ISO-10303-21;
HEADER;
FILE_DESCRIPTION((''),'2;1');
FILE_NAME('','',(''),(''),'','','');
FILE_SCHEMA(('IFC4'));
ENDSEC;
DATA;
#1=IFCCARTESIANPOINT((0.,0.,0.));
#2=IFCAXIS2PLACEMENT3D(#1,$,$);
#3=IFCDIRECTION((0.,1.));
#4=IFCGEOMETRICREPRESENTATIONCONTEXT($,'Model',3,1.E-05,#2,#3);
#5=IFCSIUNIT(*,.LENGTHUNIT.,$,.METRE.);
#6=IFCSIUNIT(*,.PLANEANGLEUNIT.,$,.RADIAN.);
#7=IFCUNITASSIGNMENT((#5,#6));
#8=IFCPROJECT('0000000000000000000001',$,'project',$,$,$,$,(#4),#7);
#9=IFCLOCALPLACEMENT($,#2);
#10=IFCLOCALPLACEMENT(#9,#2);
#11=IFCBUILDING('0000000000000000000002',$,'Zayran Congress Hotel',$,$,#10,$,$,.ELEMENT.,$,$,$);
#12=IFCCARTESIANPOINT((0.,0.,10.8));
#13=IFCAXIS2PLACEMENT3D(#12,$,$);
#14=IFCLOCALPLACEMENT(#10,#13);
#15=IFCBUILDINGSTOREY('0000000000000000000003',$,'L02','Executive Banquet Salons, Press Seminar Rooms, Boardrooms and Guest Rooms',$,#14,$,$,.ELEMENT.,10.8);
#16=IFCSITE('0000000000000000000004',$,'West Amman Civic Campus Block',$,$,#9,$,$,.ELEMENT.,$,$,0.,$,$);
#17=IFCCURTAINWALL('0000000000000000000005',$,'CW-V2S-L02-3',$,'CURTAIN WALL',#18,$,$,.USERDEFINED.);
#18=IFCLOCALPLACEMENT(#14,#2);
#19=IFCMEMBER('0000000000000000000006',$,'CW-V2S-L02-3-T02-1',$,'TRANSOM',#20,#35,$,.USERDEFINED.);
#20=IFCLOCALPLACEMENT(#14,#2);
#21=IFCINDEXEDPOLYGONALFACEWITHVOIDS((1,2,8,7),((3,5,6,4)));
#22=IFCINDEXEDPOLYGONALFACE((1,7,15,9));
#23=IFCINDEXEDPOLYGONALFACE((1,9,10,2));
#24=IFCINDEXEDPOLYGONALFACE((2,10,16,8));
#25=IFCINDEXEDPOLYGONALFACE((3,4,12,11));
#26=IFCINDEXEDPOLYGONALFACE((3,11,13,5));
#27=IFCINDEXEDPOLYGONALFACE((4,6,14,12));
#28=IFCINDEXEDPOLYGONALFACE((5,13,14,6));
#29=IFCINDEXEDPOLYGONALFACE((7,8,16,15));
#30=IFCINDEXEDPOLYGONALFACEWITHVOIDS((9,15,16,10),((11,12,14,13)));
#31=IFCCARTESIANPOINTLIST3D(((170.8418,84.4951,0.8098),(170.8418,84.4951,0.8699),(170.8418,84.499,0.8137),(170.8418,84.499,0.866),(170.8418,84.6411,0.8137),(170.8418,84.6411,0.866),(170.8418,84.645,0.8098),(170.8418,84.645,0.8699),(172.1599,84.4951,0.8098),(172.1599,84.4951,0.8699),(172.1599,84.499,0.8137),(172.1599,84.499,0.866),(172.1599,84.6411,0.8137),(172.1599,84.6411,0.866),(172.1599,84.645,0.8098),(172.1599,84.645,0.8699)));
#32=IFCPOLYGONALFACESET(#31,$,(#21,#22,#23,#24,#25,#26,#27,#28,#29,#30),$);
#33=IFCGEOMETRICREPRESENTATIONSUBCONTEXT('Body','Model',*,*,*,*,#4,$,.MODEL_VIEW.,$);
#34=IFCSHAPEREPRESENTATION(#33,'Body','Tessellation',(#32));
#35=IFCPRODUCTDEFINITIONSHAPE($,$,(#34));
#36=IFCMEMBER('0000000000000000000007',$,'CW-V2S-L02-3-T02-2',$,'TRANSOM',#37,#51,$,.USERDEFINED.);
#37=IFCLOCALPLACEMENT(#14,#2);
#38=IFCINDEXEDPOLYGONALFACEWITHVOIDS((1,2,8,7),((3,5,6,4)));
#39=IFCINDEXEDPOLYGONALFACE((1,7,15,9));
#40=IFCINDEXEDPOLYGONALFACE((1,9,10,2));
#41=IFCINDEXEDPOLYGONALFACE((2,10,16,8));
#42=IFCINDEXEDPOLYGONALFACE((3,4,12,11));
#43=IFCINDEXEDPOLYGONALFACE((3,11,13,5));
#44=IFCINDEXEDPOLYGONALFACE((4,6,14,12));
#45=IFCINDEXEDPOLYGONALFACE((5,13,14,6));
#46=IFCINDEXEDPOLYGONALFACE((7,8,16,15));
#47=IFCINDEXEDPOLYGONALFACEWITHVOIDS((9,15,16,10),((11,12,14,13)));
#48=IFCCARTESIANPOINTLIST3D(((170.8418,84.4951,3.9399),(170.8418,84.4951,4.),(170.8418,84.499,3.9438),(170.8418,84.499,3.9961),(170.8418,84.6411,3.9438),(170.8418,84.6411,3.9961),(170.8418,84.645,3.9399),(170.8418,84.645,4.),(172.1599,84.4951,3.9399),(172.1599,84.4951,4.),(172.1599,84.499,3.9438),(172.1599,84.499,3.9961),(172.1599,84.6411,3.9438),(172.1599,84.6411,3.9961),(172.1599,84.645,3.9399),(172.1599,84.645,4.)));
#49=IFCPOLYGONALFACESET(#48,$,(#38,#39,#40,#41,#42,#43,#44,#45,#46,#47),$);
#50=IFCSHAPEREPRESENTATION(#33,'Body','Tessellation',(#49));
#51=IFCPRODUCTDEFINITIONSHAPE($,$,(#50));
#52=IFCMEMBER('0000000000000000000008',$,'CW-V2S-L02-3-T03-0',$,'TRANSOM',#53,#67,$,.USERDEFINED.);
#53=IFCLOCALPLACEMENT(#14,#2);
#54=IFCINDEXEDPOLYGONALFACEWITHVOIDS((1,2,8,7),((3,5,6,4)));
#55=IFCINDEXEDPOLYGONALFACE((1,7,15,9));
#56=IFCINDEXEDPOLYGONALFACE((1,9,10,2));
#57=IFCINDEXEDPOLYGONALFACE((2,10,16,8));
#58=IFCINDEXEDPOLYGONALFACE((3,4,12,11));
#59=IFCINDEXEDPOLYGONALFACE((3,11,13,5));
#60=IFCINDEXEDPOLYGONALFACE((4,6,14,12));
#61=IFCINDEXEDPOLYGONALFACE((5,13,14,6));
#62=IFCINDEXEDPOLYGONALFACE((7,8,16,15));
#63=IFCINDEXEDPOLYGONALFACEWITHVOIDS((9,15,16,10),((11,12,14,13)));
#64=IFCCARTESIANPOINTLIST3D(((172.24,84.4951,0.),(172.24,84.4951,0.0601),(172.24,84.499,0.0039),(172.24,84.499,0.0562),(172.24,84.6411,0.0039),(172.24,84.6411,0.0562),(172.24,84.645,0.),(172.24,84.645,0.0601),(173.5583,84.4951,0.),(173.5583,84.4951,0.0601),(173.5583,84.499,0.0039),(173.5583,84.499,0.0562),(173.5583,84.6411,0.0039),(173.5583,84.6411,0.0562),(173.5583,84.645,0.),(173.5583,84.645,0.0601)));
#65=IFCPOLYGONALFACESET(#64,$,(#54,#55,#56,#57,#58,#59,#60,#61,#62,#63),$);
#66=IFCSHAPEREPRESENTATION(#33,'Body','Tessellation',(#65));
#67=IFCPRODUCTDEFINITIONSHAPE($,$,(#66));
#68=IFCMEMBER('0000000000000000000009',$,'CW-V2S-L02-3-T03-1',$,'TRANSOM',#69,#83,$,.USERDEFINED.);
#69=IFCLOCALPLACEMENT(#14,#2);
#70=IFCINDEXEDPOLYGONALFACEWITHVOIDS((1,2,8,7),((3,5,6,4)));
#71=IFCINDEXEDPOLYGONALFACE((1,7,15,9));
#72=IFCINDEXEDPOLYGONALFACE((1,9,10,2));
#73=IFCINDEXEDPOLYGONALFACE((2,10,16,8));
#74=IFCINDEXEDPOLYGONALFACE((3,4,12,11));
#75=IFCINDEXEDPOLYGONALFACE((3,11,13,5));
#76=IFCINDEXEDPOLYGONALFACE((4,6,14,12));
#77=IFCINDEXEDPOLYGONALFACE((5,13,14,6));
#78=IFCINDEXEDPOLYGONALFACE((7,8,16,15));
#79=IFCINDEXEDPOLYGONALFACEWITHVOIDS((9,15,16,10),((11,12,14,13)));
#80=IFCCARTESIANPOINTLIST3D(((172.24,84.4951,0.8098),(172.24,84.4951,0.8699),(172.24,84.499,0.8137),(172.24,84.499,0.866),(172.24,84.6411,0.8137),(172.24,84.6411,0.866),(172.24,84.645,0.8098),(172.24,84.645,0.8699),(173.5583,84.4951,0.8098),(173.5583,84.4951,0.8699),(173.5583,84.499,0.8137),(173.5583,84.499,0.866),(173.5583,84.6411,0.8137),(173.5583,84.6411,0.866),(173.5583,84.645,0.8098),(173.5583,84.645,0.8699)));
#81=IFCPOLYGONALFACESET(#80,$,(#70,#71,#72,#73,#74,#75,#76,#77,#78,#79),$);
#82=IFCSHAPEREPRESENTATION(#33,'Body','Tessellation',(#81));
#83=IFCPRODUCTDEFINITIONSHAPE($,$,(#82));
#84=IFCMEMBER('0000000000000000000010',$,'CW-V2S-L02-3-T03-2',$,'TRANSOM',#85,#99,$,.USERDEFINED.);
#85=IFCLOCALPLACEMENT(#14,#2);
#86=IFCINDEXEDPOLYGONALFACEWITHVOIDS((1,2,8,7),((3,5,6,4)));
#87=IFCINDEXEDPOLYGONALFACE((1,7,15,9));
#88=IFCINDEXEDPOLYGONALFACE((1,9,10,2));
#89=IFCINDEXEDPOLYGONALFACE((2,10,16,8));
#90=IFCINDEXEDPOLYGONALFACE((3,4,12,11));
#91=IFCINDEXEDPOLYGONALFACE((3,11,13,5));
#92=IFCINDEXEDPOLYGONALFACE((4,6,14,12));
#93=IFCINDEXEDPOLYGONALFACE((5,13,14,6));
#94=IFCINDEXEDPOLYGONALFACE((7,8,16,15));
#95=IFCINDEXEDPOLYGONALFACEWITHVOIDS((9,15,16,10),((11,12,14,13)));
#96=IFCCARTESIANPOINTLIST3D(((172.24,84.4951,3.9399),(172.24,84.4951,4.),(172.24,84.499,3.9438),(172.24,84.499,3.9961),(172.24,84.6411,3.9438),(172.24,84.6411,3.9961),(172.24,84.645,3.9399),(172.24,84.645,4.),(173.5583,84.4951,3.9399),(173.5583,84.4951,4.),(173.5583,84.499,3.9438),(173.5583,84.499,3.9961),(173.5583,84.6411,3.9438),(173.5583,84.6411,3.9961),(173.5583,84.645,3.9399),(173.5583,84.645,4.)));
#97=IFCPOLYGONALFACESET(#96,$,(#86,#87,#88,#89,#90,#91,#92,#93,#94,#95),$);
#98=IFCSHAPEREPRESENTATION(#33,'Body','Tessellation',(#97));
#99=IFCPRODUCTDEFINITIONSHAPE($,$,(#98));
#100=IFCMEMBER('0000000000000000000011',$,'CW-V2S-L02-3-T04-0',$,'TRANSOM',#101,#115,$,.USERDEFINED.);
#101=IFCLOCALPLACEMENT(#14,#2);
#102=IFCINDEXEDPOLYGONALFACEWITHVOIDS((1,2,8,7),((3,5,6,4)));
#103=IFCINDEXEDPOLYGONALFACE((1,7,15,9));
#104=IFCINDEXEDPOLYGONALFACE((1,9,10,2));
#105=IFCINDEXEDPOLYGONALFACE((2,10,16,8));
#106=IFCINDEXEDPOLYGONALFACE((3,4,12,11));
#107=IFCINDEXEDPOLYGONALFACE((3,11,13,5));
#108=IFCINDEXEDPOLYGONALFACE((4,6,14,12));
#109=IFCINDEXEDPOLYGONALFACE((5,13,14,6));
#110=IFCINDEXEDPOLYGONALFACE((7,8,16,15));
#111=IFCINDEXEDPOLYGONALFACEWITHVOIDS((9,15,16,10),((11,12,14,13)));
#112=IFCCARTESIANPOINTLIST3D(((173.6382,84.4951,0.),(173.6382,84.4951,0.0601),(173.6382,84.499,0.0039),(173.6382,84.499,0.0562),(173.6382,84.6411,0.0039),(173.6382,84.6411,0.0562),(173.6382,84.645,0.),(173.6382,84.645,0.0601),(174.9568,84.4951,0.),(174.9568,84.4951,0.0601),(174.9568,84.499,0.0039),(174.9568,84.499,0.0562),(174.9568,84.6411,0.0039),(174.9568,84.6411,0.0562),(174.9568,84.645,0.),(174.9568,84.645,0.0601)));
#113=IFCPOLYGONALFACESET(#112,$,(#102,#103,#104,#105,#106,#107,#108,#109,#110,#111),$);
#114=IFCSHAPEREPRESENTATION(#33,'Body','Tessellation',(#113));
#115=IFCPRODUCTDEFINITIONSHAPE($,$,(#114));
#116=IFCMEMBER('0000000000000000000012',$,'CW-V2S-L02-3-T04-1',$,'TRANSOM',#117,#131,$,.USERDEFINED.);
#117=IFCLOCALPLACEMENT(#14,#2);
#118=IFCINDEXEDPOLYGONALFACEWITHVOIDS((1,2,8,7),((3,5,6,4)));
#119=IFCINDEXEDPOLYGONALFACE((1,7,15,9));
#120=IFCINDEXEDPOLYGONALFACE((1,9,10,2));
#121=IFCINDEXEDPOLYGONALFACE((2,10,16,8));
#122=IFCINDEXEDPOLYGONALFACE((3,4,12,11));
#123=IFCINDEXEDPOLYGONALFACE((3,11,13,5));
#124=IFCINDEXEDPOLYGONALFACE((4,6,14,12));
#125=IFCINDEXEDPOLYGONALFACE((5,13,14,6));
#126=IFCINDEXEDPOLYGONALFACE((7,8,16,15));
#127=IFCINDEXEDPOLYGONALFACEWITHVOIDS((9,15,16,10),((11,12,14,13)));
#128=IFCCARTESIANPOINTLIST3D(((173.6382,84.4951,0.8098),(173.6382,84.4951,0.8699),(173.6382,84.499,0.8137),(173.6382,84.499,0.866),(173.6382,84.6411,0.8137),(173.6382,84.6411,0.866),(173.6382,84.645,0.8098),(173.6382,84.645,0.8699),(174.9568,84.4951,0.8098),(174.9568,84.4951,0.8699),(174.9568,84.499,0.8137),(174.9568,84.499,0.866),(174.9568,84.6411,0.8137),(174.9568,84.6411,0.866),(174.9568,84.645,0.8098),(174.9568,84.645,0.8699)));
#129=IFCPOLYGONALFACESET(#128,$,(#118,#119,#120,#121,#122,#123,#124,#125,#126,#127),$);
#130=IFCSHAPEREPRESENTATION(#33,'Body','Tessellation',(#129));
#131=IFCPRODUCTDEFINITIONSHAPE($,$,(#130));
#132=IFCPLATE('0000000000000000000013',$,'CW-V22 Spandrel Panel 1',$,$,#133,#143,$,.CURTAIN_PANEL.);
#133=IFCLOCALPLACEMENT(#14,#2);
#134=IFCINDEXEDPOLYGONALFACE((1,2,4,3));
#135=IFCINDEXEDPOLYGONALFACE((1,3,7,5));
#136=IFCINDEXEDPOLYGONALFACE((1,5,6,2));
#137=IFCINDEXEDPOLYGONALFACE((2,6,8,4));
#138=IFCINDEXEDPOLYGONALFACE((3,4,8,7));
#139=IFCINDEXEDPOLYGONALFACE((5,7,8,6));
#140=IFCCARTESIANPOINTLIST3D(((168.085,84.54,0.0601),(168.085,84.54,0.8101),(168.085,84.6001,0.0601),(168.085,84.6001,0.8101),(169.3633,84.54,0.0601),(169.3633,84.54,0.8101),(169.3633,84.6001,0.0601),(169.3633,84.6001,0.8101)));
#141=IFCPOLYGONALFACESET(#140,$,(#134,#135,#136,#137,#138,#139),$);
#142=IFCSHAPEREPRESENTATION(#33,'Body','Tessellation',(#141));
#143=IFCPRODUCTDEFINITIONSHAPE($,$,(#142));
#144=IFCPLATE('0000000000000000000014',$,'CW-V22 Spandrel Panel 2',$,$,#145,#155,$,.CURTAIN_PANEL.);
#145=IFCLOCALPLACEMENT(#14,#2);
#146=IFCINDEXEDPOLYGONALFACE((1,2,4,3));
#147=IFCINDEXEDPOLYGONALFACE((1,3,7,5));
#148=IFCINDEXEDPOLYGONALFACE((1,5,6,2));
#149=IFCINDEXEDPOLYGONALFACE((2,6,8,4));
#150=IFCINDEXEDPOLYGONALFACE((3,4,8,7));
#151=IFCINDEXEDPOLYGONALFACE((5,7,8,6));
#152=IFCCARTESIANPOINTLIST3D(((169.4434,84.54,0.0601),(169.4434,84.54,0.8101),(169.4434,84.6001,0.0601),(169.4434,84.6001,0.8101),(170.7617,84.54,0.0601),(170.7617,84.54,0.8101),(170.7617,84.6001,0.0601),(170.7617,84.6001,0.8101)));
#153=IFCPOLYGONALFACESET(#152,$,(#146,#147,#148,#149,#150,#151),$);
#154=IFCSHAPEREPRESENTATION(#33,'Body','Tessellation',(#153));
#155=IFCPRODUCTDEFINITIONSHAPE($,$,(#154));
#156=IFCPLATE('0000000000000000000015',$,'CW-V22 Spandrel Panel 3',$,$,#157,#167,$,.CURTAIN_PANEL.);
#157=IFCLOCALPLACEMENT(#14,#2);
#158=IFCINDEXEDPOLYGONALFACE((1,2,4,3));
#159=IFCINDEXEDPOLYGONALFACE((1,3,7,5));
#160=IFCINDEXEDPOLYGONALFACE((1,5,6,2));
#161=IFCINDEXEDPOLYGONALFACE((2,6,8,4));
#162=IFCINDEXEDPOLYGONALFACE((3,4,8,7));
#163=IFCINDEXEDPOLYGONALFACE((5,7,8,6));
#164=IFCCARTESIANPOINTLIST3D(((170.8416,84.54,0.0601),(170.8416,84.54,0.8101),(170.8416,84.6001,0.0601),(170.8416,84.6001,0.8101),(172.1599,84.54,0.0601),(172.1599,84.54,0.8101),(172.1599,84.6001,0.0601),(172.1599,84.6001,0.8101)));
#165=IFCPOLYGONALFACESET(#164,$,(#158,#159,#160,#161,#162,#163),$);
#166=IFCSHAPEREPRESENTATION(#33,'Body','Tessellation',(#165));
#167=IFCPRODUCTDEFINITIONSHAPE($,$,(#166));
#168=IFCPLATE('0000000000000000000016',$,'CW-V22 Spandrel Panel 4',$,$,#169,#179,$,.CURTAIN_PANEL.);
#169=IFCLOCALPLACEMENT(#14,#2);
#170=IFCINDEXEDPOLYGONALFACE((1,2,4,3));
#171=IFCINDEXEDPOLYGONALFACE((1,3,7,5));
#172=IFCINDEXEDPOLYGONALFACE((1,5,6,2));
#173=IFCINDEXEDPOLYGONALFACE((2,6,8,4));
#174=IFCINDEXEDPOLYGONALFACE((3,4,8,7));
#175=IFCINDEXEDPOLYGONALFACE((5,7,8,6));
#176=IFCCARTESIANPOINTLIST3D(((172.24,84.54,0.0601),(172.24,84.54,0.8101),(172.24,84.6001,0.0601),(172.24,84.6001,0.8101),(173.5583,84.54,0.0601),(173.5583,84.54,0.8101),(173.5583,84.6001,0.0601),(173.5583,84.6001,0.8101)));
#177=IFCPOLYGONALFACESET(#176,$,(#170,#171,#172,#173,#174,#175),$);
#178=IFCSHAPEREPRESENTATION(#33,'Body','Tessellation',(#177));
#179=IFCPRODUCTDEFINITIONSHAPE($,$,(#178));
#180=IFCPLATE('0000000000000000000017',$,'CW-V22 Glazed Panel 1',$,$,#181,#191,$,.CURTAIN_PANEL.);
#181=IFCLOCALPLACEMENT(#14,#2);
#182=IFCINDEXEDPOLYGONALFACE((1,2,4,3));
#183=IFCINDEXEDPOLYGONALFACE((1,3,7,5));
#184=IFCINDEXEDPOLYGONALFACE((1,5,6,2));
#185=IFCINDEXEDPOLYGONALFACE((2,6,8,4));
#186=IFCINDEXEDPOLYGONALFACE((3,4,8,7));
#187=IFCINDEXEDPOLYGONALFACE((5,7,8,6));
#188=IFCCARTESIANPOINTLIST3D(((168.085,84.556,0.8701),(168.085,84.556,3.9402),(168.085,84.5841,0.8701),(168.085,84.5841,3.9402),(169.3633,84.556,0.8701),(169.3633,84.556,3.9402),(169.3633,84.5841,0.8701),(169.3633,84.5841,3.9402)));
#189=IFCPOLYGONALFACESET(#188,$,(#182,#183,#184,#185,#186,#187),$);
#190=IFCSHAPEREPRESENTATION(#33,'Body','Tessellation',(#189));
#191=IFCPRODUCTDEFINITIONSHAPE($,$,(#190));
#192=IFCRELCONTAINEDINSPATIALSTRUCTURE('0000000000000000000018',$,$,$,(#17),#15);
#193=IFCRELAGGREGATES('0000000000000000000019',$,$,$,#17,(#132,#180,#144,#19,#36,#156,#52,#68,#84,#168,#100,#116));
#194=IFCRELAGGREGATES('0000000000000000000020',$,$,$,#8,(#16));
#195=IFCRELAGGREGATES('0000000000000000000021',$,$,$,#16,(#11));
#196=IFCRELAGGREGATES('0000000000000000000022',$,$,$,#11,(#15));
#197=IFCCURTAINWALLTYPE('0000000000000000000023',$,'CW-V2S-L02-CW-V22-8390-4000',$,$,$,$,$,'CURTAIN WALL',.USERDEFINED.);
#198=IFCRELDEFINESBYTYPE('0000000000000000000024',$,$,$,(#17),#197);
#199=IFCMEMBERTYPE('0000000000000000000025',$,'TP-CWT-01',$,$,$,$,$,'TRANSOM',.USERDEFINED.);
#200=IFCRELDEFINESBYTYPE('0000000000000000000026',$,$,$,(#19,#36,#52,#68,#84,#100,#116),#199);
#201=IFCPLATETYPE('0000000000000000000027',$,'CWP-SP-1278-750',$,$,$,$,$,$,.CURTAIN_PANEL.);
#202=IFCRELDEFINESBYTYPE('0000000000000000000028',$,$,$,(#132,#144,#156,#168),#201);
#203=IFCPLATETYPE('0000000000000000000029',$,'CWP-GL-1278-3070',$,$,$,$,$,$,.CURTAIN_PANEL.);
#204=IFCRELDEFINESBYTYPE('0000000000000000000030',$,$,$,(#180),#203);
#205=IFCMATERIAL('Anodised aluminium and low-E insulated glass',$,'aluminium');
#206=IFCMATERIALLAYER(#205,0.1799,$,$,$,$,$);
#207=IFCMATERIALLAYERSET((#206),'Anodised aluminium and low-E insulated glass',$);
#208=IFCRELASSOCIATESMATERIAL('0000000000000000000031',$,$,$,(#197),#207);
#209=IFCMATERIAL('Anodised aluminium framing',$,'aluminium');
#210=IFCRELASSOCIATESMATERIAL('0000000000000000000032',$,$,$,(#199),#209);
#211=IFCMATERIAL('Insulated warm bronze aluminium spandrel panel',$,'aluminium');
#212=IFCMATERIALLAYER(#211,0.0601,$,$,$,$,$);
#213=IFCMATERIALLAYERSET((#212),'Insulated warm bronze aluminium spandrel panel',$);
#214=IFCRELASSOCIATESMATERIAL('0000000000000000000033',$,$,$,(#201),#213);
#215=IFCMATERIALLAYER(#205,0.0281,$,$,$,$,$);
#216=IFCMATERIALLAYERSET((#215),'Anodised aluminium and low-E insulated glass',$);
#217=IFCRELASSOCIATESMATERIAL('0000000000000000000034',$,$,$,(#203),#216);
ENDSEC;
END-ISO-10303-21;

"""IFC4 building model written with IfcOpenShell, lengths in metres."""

from ifc_helpers import new_model, si_unit, direction, frame, origin, origin_2d, place, context, subcontext, project, spatial, rectangle, hollow_rectangle, extrude, material, layer, layer_set, material_profile, profile_set, type_object, element, aggregate, save


model = new_model("IFC4")

# Units and contexts
model_context = context("Model", 3, precision=1e-05, world=origin(), true_north=direction((0.0, 1.0)))
body_context = subcontext(model_context, "Body", "Model", "MODEL_VIEW")
ifc_project = project(units=[si_unit("LENGTHUNIT", "METRE"), si_unit("PLANEANGLEUNIT", "RADIAN")], contexts=[model_context])

# Site, building, storey
site_placement = place(None, origin())
site = spatial("IfcSite", under=ifc_project, at=site_placement, Name="West Amman Civic Campus Block", CompositionType="ELEMENT", RefElevation=0.0)
building_placement = place(site_placement, origin())
building = spatial("IfcBuilding", under=site, at=building_placement, Name="Zayran Congress Hotel", CompositionType="ELEMENT")
storey_placement = place(building_placement, frame((0.0, 0.0, 10.8)))
storey = spatial("IfcBuildingStorey", under=building, at=storey_placement, Name="L02", Description="Executive Banquet Salons, Press Seminar Rooms, Boardrooms and Guest Rooms", CompositionType="ELEMENT", Elevation=10.8)

# Curtain wall, members, plates
ifc_material_1 = material(Name="Anodised aluminium and low-E insulated glass", Category="aluminium")
ifc_layer_1 = layer(ifc_material_1, 0.1799)
ifc_layer_set_1 = layer_set([ifc_layer_1], Name="Anodised aluminium and low-E insulated glass")
curtain_wall_type = type_object("IfcCurtainWallType", Name="CW-V2S-L02-CW-V22-8390-4000", ElementType="CURTAIN WALL", PredefinedType="USERDEFINED", material=ifc_layer_set_1)
curtain_wall_placement = place(storey_placement, origin())
curtain_wall = element("IfcCurtainWall", 1, at=curtain_wall_placement, inside=storey, type_object=curtain_wall_type, Name="CW-V2S-L02-3", ObjectType="CURTAIN WALL", PredefinedType="USERDEFINED")
ifc_material_2 = material(Name="Anodised aluminium framing", Category="aluminium")
ifc_material_profile_1 = material_profile(ifc_material_2, hollow_rectangle(XDim=0.0601, YDim=0.1499, WallThickness=0.0039, at=origin_2d()), Name="RHS 150x60x4")
ifc_profile_set_1 = profile_set([ifc_material_profile_1], Name="Anodised aluminium framing")
member_type_1 = type_object("IfcMemberType", Name="TP-CWT-01", ElementType="TRANSOM", PredefinedType="USERDEFINED", material=ifc_profile_set_1)
member_1_placement = place(storey_placement, frame((170.8418, 84.5701, 0.8398), z_axis=(1.0, 0.0, 0.0), x_axis=(0.0, 0.0, 1.0)))
member_1 = element("IfcMember", 2, at=member_1_placement, type_object=member_type_1, Name="CW-V2S-L02-3-T02-1", ObjectType="TRANSOM", PredefinedType="USERDEFINED", context=body_context, shape_type="SweptSolid", body=[
    extrude(hollow_rectangle(XDim=0.0601, YDim=0.1499, WallThickness=0.0039, at=origin_2d()), origin(), (0.0, 0.0, 1.0), 1.3181),
])
member_2_placement = place(storey_placement, frame((170.8418, 84.5701, 3.97), z_axis=(1.0, 0.0, 0.0), x_axis=(0.0, 0.0, 1.0)))
member_2 = element("IfcMember", 3, at=member_2_placement, type_object=member_type_1, Name="CW-V2S-L02-3-T02-2", ObjectType="TRANSOM", PredefinedType="USERDEFINED", context=body_context, shape_type="SweptSolid", body=[
    extrude(hollow_rectangle(XDim=0.0601, YDim=0.1499, WallThickness=0.0039, at=origin_2d()), origin(), (0.0, 0.0, 1.0), 1.3181),
])
member_3_placement = place(storey_placement, frame((172.24, 84.5701, 0.03), z_axis=(1.0, 0.0, 0.0), x_axis=(0.0, 0.0, 1.0)))
member_3 = element("IfcMember", 4, at=member_3_placement, type_object=member_type_1, Name="CW-V2S-L02-3-T03-0", ObjectType="TRANSOM", PredefinedType="USERDEFINED", context=body_context, shape_type="SweptSolid", body=[
    extrude(hollow_rectangle(XDim=0.0601, YDim=0.1499, WallThickness=0.0039, at=origin_2d()), origin(), (0.0, 0.0, 1.0), 1.3184),
])
member_4_placement = place(storey_placement, frame((172.24, 84.5701, 0.8398), z_axis=(1.0, 0.0, 0.0), x_axis=(0.0, 0.0, 1.0)))
member_4 = element("IfcMember", 5, at=member_4_placement, type_object=member_type_1, Name="CW-V2S-L02-3-T03-1", ObjectType="TRANSOM", PredefinedType="USERDEFINED", context=body_context, shape_type="SweptSolid", body=[
    extrude(hollow_rectangle(XDim=0.0601, YDim=0.1499, WallThickness=0.0039, at=origin_2d()), origin(), (0.0, 0.0, 1.0), 1.3184),
])
member_5_placement = place(storey_placement, frame((172.24, 84.5701, 3.97), z_axis=(1.0, 0.0, 0.0), x_axis=(0.0, 0.0, 1.0)))
member_5 = element("IfcMember", 6, at=member_5_placement, type_object=member_type_1, Name="CW-V2S-L02-3-T03-2", ObjectType="TRANSOM", PredefinedType="USERDEFINED", context=body_context, shape_type="SweptSolid", body=[
    extrude(hollow_rectangle(XDim=0.0601, YDim=0.1499, WallThickness=0.0039, at=origin_2d()), origin(), (0.0, 0.0, 1.0), 1.3184),
])
member_6_placement = place(storey_placement, frame((173.6382, 84.5701, 0.03), z_axis=(1.0, 0.0, 0.0), x_axis=(0.0, 0.0, 1.0)))
member_6 = element("IfcMember", 7, at=member_6_placement, type_object=member_type_1, Name="CW-V2S-L02-3-T04-0", ObjectType="TRANSOM", PredefinedType="USERDEFINED", context=body_context, shape_type="SweptSolid", body=[
    extrude(hollow_rectangle(XDim=0.0601, YDim=0.1499, WallThickness=0.0039, at=origin_2d()), origin(), (0.0, 0.0, 1.0), 1.3186),
])
member_7_placement = place(storey_placement, frame((173.6382, 84.5701, 0.8398), z_axis=(1.0, 0.0, 0.0), x_axis=(0.0, 0.0, 1.0)))
member_7 = element("IfcMember", 8, at=member_7_placement, type_object=member_type_1, Name="CW-V2S-L02-3-T04-1", ObjectType="TRANSOM", PredefinedType="USERDEFINED", context=body_context, shape_type="SweptSolid", body=[
    extrude(hollow_rectangle(XDim=0.0601, YDim=0.1499, WallThickness=0.0039, at=origin_2d()), origin(), (0.0, 0.0, 1.0), 1.3186),
])
ifc_material_3 = material(Name="Insulated warm bronze aluminium spandrel panel", Category="aluminium")
ifc_layer_2 = layer(ifc_material_3, 0.0601)
ifc_layer_set_2 = layer_set([ifc_layer_2], Name="Insulated warm bronze aluminium spandrel panel")
plate_type_1 = type_object("IfcPlateType", Name="CWP-SP-1278-750", PredefinedType="CURTAIN_PANEL", material=ifc_layer_set_2)
plate_1_placement = place(storey_placement, frame((168.7241, 84.5701, 0.0601), z_axis=(0.0, 0.0, 1.0), x_axis=(1.0, 0.0, 0.0)))
plate_1 = element("IfcPlate", 9, at=plate_1_placement, type_object=plate_type_1, Name="CW-V22 Spandrel Panel 1", PredefinedType="CURTAIN_PANEL", context=body_context, shape_type="SweptSolid", body=[
    extrude(rectangle(XDim=1.2783, YDim=0.0601, at=origin_2d()), origin(), (0.0, 0.0, 1.0), 0.75),
])
plate_2_placement = place(storey_placement, frame((170.1025, 84.5701, 0.0601), z_axis=(0.0, 0.0, 1.0), x_axis=(1.0, 0.0, 0.0)))
plate_2 = element("IfcPlate", 10, at=plate_2_placement, type_object=plate_type_1, Name="CW-V22 Spandrel Panel 2", PredefinedType="CURTAIN_PANEL", context=body_context, shape_type="SweptSolid", body=[
    extrude(rectangle(XDim=1.3184, YDim=0.0601, at=origin_2d()), origin(), (0.0, 0.0, 1.0), 0.75),
])
plate_3_placement = place(storey_placement, frame((171.5007, 84.5701, 0.0601), z_axis=(0.0, 0.0, 1.0), x_axis=(1.0, 0.0, 0.0)))
plate_3 = element("IfcPlate", 11, at=plate_3_placement, type_object=plate_type_1, Name="CW-V22 Spandrel Panel 3", PredefinedType="CURTAIN_PANEL", context=body_context, shape_type="SweptSolid", body=[
    extrude(rectangle(XDim=1.3184, YDim=0.0601, at=origin_2d()), origin(), (0.0, 0.0, 1.0), 0.75),
])
plate_4_placement = place(storey_placement, frame((172.8992, 84.5701, 0.0601), z_axis=(0.0, 0.0, 1.0), x_axis=(1.0, 0.0, 0.0)))
plate_4 = element("IfcPlate", 12, at=plate_4_placement, type_object=plate_type_1, Name="CW-V22 Spandrel Panel 4", PredefinedType="CURTAIN_PANEL", context=body_context, shape_type="SweptSolid", body=[
    extrude(rectangle(XDim=1.3184, YDim=0.0601, at=origin_2d()), origin(), (0.0, 0.0, 1.0), 0.75),
])
ifc_layer_3 = layer(ifc_material_1, 0.0281)
ifc_layer_set_3 = layer_set([ifc_layer_3], Name="Anodised aluminium and low-E insulated glass")
plate_type_2 = type_object("IfcPlateType", Name="CWP-GL-1278-3070", PredefinedType="CURTAIN_PANEL", material=ifc_layer_set_3)
plate_5_placement = place(storey_placement, frame((168.7241, 84.5701, 0.8701), z_axis=(0.0, 0.0, 1.0), x_axis=(1.0, 0.0, 0.0)))
plate_5 = element("IfcPlate", 13, at=plate_5_placement, type_object=plate_type_2, Name="CW-V22 Glazed Panel 1", PredefinedType="CURTAIN_PANEL", context=body_context, shape_type="SweptSolid", body=[
    extrude(rectangle(XDim=1.2783, YDim=0.0281, at=origin_2d()), origin(), (0.0, 0.0, 1.0), 3.0701),
])
aggregate(curtain_wall, [plate_1, plate_5, plate_2, member_1, member_2, plate_3, member_3, member_4, member_5, plate_4, member_6, member_7])

save(model, "model.ifc")
